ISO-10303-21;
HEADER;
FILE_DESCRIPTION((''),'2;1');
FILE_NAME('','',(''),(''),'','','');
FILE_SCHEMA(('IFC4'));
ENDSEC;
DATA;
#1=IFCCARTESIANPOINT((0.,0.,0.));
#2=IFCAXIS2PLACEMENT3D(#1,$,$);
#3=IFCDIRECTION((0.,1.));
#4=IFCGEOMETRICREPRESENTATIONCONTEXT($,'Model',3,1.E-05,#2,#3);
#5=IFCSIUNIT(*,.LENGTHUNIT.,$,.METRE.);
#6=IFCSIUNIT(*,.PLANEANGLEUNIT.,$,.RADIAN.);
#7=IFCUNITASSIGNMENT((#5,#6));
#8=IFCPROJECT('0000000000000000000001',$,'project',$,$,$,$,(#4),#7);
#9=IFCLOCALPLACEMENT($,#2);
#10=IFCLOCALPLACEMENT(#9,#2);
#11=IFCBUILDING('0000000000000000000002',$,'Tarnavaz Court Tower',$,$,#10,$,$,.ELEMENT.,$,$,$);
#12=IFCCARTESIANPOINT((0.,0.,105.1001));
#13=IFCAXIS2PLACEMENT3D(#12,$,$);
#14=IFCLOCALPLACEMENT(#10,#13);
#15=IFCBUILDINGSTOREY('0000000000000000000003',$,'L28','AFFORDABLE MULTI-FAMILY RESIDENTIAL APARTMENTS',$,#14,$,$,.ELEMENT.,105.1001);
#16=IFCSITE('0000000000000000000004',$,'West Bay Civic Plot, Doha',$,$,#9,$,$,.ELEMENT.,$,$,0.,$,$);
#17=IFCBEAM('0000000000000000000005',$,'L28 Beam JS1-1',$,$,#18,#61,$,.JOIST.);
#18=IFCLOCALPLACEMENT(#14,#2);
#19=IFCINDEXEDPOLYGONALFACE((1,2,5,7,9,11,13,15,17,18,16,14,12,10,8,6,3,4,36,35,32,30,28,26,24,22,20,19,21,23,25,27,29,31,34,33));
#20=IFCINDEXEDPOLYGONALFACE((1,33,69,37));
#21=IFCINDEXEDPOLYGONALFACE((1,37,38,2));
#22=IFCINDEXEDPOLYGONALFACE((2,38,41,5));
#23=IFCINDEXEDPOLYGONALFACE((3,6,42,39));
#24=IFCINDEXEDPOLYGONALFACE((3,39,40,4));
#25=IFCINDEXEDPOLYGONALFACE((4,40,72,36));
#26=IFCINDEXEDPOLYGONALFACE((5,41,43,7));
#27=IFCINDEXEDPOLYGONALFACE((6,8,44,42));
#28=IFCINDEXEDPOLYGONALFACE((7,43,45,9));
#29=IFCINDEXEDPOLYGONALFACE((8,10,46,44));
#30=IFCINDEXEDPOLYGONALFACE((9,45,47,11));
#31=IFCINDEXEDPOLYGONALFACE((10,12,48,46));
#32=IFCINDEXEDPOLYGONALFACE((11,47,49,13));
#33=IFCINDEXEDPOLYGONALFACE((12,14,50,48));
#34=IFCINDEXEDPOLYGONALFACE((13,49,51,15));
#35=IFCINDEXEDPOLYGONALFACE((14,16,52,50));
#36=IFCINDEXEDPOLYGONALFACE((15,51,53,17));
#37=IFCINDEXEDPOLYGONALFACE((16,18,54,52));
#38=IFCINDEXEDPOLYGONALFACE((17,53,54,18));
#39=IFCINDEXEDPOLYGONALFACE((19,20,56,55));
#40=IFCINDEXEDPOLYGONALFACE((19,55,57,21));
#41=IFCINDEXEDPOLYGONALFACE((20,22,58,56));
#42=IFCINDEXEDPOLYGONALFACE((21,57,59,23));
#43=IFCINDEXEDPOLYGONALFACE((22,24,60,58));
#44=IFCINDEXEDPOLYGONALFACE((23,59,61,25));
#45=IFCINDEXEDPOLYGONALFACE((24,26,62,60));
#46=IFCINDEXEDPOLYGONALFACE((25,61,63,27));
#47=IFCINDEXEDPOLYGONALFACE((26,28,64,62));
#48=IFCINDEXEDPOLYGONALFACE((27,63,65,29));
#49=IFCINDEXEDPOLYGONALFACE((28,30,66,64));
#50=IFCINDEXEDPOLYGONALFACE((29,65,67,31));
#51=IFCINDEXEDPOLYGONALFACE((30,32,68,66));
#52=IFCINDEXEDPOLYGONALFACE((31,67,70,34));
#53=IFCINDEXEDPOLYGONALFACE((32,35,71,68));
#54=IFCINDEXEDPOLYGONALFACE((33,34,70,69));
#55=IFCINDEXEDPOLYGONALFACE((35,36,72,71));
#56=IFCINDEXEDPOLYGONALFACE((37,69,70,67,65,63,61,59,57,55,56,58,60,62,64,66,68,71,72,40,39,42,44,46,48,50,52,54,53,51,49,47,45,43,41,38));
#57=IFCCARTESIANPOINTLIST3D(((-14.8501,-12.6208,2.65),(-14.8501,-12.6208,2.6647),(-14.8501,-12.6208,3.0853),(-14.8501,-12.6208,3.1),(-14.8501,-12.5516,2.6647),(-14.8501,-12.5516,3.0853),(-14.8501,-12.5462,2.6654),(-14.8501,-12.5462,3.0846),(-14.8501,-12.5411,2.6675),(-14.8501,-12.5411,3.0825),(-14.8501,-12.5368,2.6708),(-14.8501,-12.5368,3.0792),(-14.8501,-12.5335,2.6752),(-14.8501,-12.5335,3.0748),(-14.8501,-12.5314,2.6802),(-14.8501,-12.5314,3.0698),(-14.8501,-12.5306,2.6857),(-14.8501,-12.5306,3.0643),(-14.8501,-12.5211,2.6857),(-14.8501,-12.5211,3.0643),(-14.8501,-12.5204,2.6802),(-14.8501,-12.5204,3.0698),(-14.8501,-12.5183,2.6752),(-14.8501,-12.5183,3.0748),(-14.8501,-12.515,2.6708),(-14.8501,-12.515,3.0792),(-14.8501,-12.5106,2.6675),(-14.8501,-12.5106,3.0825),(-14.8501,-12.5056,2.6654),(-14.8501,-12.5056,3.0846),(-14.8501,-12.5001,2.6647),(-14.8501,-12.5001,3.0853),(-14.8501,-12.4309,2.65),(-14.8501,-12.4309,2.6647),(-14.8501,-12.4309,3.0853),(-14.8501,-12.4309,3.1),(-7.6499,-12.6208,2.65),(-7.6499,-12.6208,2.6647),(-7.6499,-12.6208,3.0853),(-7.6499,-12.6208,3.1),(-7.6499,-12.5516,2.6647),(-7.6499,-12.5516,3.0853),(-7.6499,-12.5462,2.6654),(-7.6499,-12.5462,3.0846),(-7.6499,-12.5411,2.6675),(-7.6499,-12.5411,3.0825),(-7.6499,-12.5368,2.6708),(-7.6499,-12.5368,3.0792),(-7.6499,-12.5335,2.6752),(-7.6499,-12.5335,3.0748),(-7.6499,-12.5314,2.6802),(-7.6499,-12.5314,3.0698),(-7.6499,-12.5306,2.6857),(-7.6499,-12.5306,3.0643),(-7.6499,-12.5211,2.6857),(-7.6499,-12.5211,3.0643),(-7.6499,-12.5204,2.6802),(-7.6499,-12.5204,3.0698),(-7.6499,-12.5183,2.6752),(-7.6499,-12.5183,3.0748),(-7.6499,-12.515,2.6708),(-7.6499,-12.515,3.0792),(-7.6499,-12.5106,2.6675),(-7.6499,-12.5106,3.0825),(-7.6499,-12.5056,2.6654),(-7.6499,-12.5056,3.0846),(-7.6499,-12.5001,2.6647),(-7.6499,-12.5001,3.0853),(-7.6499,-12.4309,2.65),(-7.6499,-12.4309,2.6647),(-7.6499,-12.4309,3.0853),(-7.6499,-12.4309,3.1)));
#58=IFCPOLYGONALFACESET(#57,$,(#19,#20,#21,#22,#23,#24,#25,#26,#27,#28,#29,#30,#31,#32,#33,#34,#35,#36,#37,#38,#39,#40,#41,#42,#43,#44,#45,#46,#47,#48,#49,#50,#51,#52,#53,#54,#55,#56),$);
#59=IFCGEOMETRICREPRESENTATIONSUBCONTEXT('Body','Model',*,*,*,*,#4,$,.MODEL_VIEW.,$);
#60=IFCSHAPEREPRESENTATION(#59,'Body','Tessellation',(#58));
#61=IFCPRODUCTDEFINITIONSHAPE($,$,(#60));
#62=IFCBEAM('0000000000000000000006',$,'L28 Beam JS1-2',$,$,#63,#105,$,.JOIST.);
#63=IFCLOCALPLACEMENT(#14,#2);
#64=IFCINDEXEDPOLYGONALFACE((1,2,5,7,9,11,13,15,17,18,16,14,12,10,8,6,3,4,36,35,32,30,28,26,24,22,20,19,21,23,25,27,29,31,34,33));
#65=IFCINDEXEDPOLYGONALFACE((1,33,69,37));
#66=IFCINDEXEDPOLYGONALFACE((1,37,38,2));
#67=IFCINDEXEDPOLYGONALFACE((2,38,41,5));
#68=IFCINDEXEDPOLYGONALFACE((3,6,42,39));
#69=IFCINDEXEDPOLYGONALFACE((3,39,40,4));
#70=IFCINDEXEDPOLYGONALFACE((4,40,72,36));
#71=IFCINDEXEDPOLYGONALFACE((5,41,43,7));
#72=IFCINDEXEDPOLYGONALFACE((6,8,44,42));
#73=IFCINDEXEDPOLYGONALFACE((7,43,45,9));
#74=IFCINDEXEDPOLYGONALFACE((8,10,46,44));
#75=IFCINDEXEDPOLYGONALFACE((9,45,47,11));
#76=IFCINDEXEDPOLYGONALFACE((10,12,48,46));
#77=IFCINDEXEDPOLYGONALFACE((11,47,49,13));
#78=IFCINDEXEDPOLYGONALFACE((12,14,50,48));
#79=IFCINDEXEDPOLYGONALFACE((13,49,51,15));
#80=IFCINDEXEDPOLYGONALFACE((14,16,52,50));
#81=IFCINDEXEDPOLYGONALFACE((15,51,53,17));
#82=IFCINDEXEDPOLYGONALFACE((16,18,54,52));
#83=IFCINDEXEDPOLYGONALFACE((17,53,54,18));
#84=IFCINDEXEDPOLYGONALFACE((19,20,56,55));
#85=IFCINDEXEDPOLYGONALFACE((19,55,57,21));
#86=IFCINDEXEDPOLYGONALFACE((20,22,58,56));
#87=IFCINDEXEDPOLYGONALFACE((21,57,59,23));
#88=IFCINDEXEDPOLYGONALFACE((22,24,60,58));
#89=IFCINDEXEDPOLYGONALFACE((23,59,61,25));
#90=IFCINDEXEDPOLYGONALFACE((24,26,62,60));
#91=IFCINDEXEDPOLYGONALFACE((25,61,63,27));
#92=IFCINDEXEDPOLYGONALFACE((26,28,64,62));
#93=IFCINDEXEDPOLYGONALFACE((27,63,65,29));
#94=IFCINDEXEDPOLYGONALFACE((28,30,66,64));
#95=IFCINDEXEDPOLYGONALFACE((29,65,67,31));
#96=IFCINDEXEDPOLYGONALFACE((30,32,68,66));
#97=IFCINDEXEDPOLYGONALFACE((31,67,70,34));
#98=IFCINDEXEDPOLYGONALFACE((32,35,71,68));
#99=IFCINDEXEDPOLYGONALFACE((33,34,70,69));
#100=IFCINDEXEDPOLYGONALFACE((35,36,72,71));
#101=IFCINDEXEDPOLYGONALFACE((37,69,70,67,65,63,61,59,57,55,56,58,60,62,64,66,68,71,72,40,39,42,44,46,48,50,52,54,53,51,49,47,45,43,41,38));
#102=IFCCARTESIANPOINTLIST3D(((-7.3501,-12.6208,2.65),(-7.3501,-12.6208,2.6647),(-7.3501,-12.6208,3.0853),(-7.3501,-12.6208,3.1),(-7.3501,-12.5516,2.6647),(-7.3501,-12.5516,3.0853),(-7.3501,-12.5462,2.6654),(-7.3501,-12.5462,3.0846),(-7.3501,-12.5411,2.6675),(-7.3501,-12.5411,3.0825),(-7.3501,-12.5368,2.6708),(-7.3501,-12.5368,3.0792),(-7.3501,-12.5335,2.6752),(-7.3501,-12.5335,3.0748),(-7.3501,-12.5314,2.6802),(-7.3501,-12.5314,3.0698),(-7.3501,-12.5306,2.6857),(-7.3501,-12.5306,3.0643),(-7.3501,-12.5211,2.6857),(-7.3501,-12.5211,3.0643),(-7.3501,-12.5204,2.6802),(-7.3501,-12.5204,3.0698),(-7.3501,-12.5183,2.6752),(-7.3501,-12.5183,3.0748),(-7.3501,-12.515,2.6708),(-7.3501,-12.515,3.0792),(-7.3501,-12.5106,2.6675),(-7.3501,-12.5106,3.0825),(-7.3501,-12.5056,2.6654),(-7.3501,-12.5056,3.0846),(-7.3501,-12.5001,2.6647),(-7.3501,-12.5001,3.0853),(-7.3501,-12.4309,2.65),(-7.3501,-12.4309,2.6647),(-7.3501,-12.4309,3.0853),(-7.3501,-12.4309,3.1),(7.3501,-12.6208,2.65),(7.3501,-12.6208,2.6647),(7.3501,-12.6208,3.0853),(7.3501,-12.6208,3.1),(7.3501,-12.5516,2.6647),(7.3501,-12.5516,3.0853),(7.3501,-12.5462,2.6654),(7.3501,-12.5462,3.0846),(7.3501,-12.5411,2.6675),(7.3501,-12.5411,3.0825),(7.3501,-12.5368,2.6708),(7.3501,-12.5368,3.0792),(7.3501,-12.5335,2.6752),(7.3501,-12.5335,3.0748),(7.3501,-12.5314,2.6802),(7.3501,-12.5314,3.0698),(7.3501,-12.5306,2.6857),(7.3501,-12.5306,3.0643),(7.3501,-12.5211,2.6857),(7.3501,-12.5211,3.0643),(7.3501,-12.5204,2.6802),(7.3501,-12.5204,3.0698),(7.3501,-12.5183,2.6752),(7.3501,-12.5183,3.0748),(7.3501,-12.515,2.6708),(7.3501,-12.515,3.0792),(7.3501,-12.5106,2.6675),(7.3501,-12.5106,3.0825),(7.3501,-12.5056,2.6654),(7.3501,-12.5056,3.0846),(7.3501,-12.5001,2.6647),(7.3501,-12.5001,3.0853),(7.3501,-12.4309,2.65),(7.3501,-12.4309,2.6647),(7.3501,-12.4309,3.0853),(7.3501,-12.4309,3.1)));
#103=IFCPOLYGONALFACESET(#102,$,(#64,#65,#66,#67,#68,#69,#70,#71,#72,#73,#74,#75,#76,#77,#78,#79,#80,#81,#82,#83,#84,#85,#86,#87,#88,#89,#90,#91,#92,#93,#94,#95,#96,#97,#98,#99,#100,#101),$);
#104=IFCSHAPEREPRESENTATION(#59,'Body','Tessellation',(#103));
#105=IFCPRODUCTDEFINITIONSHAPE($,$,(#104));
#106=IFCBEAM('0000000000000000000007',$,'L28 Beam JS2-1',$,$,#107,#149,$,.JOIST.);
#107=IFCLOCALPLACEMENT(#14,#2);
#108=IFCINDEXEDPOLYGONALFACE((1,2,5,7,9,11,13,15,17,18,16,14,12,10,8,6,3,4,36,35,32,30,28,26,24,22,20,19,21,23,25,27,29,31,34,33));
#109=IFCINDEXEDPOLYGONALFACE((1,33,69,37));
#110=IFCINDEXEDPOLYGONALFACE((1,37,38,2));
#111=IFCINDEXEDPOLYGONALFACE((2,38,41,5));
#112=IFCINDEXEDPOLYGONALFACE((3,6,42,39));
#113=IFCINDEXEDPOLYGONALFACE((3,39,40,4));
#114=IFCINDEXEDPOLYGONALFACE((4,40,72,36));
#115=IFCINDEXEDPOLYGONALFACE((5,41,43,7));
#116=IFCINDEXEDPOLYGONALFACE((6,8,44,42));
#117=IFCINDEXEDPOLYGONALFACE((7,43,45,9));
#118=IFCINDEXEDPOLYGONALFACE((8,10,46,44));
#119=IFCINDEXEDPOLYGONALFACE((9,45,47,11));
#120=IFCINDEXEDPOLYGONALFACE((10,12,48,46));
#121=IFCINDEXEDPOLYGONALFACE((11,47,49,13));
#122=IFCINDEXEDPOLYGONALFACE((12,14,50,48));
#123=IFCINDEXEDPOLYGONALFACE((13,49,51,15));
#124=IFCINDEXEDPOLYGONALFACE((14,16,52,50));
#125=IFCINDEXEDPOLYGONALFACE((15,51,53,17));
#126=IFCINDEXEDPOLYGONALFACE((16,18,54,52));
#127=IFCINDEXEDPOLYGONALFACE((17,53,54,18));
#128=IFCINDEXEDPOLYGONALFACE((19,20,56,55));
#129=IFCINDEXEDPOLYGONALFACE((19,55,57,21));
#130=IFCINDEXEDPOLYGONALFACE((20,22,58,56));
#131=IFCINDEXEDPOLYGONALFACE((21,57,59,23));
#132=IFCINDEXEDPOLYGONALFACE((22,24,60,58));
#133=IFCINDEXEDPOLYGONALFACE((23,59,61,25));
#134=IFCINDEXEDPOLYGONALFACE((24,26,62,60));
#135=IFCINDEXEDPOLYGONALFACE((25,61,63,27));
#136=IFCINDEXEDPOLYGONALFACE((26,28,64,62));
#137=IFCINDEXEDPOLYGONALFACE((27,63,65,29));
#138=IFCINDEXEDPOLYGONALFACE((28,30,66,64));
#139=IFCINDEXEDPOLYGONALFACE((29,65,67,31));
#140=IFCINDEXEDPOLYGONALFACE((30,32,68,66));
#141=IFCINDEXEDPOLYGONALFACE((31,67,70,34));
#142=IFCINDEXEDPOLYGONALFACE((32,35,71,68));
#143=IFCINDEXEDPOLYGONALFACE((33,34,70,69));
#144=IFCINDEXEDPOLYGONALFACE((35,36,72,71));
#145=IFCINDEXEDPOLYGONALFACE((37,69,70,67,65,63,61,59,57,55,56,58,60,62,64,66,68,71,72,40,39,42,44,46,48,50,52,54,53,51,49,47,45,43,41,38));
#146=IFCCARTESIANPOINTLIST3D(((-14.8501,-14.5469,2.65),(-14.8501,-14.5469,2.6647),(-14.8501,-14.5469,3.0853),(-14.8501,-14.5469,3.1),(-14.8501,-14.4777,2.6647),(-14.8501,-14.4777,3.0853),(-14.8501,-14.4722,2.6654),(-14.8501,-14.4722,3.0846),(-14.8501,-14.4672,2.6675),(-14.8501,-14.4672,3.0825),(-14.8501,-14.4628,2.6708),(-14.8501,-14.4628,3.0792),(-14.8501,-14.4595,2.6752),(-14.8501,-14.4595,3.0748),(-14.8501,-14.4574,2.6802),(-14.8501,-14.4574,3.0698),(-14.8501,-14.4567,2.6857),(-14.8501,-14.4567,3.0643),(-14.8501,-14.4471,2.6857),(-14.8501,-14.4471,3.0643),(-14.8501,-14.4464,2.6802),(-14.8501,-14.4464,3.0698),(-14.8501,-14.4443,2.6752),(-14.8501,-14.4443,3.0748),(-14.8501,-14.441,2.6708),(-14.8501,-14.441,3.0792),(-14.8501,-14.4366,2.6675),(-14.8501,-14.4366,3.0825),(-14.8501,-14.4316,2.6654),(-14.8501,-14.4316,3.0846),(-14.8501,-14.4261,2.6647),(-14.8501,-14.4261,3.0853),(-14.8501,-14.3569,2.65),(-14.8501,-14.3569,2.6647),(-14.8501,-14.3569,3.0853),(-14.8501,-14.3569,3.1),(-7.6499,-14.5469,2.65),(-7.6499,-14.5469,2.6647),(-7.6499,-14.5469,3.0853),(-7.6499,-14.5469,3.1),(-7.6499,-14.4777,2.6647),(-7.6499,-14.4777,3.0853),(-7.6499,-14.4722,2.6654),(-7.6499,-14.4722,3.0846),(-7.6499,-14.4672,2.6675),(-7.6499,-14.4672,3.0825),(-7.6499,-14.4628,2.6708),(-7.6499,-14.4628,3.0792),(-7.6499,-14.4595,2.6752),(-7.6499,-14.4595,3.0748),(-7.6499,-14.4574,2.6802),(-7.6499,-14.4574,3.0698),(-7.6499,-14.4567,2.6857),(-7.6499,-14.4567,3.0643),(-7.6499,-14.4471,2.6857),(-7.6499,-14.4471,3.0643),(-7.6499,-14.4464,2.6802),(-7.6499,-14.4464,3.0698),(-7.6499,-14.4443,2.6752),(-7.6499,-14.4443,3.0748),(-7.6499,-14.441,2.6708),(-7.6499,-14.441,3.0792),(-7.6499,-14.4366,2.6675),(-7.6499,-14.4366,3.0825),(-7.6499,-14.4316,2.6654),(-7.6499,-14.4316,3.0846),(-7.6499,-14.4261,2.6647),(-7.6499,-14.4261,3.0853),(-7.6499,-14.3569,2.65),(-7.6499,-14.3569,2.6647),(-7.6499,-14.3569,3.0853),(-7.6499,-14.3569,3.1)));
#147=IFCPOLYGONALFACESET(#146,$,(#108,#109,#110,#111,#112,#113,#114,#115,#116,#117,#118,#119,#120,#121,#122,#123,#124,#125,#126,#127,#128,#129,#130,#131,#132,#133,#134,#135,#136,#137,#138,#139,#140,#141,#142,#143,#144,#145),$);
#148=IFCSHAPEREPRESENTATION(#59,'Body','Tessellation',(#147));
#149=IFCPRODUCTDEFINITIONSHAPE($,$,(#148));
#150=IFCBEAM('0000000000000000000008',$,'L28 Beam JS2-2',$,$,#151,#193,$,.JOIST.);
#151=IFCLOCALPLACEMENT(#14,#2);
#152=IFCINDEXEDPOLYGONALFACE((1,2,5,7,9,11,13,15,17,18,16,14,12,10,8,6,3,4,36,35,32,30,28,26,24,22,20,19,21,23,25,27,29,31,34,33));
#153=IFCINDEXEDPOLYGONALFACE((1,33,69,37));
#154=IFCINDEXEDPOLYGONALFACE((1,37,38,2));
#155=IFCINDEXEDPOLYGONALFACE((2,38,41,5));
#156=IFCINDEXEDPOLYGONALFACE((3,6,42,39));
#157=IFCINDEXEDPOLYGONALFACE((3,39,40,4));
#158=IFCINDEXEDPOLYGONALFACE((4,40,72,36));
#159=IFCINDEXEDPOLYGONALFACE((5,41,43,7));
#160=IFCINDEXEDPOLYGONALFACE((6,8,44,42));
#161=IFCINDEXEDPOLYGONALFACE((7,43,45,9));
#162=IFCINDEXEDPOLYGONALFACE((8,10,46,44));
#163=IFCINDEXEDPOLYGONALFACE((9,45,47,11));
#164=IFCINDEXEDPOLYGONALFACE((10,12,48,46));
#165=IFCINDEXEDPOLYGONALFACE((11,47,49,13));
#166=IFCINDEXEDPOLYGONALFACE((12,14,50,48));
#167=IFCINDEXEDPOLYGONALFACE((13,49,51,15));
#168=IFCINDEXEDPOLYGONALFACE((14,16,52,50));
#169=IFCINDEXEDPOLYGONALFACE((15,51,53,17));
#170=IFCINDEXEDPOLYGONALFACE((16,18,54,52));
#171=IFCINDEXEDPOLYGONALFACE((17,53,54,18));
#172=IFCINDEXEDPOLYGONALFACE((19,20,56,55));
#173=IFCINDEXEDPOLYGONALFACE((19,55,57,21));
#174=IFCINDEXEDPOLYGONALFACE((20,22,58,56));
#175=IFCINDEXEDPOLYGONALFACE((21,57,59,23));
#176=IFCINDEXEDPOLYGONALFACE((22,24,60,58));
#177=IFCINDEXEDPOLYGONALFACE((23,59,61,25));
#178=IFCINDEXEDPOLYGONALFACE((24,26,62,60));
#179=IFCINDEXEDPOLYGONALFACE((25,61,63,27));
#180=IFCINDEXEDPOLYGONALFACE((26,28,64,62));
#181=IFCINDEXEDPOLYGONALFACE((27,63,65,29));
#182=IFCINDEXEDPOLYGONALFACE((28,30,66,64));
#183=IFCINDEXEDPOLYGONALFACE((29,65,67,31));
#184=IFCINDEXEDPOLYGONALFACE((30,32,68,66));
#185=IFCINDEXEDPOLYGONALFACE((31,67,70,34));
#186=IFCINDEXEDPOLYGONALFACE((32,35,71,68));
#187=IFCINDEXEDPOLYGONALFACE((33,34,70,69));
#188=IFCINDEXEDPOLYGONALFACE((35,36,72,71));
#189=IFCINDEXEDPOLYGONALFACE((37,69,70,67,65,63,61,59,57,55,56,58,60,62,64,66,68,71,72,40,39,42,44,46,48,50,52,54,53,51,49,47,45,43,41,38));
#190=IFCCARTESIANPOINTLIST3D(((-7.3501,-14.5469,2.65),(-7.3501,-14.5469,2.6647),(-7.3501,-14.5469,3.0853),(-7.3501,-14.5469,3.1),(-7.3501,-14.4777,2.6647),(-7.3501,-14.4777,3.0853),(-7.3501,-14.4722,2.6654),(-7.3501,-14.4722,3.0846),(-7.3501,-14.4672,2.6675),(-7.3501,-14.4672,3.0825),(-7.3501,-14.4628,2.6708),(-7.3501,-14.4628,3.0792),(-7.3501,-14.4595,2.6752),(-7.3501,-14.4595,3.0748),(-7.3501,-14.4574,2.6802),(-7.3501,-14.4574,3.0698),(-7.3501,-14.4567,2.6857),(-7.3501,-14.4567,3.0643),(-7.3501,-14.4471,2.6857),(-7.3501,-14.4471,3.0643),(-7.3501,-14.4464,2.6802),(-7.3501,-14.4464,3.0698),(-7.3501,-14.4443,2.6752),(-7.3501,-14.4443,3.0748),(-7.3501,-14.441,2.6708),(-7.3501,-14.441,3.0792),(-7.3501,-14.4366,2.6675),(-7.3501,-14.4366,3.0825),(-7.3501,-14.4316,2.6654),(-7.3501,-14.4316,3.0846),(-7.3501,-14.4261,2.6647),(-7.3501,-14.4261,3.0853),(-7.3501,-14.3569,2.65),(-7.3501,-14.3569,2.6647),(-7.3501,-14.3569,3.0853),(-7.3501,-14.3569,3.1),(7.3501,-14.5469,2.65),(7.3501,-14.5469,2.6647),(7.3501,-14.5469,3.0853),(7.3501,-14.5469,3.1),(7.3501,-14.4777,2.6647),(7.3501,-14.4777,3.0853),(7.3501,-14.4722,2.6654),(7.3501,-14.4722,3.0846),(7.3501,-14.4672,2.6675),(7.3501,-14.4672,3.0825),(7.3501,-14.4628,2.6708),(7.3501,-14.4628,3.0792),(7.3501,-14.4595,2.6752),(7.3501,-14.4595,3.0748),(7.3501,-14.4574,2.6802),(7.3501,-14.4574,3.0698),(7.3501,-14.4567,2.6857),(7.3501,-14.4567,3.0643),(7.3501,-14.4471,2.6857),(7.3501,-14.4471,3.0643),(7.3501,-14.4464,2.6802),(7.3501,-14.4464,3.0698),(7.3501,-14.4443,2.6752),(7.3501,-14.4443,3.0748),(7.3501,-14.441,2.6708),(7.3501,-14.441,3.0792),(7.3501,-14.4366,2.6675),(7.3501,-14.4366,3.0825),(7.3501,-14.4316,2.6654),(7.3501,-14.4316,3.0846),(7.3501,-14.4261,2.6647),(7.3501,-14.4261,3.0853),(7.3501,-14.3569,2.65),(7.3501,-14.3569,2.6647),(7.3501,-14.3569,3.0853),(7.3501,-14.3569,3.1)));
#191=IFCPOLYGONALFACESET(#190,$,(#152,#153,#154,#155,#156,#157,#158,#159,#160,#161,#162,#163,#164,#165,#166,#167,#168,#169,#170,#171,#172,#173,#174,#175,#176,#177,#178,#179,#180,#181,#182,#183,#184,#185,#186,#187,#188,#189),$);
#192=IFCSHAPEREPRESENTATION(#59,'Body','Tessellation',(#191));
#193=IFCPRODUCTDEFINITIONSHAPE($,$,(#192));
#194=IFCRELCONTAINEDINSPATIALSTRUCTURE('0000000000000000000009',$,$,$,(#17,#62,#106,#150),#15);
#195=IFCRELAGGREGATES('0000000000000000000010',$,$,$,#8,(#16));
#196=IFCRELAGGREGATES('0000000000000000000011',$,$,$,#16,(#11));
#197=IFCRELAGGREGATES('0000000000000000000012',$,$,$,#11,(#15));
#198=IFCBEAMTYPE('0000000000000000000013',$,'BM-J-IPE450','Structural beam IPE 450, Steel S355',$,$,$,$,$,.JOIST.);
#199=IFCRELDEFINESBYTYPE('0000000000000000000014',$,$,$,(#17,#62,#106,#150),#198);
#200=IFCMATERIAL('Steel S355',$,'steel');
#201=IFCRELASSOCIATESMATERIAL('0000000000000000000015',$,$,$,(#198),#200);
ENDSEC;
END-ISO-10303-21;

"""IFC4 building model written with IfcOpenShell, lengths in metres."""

from ifc_helpers import new_model, si_unit, direction, frame, origin, origin_2d, place, context, subcontext, project, spatial, i_section, extrude, material, material_profile, profile_set, type_object, element, save


model = new_model("IFC4")

# Units and contexts
model_context = context("Model", 3, precision=1e-05, world=origin(), true_north=direction((0.0, 1.0)))
body_context = subcontext(model_context, "Body", "Model", "MODEL_VIEW")
ifc_project = project(units=[si_unit("LENGTHUNIT", "METRE"), si_unit("PLANEANGLEUNIT", "RADIAN")], contexts=[model_context])

# Site, building, storey
site_placement = place(None, origin())
site = spatial("IfcSite", under=ifc_project, at=site_placement, Name="West Bay Civic Plot, Doha", CompositionType="ELEMENT", RefElevation=0.0)
building_placement = place(site_placement, origin())
building = spatial("IfcBuilding", under=site, at=building_placement, Name="Tarnavaz Court Tower", CompositionType="ELEMENT")
storey_placement = place(building_placement, frame((0.0, 0.0, 105.1001)))
storey = spatial("IfcBuildingStorey", under=building, at=storey_placement, Name="L28", Description="AFFORDABLE MULTI-FAMILY RESIDENTIAL APARTMENTS", CompositionType="ELEMENT", Elevation=105.1001)

# Beams
ifc_material_1 = material(Name="Steel S355", Category="steel")
ifc_material_profile_1 = material_profile(ifc_material_1, i_section(OverallWidth=0.1899, OverallDepth=0.45, WebThickness=0.0095, FlangeThickness=0.0146, FilletRadius=0.021, at=origin_2d()), Name="IPE 450")
ifc_profile_set_1 = profile_set([ifc_material_profile_1], Name="Steel S355")
beam_type_1 = type_object("IfcBeamType", Name="BM-J-IPE450", Description="Structural beam IPE 450, Steel S355", PredefinedType="JOIST", material=ifc_profile_set_1)
beam_1_placement = place(storey_placement, frame((-14.8501, -12.5259, 2.875), z_axis=(1.0, 0.0, 0.0), x_axis=(0.0, 1.0, 0.0)))
element("IfcBeam", 1, at=beam_1_placement, inside=storey, type_object=beam_type_1, Name="L28 Beam JS1-1", PredefinedType="JOIST", context=body_context, shape_type="SweptSolid", body=[
    extrude(i_section(OverallWidth=0.1899, OverallDepth=0.45, WebThickness=0.0095, FlangeThickness=0.0146, FilletRadius=0.021, at=origin_2d()), origin(), (0.0, 0.0, 1.0), 7.2002),
])
beam_2_placement = place(storey_placement, frame((-7.3501, -12.5259, 2.875), z_axis=(1.0, 0.0, 0.0), x_axis=(0.0, 1.0, 0.0)))
element("IfcBeam", 2, at=beam_2_placement, inside=storey, type_object=beam_type_1, Name="L28 Beam JS1-2", PredefinedType="JOIST", context=body_context, shape_type="SweptSolid", body=[
    extrude(i_section(OverallWidth=0.1899, OverallDepth=0.45, WebThickness=0.0095, FlangeThickness=0.0146, FilletRadius=0.021, at=origin_2d()), origin(), (0.0, 0.0, 1.0), 14.7002),
])
beam_3_placement = place(storey_placement, frame((-14.8501, -14.4519, 2.875), z_axis=(1.0, 0.0, 0.0), x_axis=(0.0, 1.0, 0.0)))
element("IfcBeam", 3, at=beam_3_placement, inside=storey, type_object=beam_type_1, Name="L28 Beam JS2-1", PredefinedType="JOIST", context=body_context, shape_type="SweptSolid", body=[
    extrude(i_section(OverallWidth=0.1899, OverallDepth=0.45, WebThickness=0.0095, FlangeThickness=0.0146, FilletRadius=0.021, at=origin_2d()), origin(), (0.0, 0.0, 1.0), 7.2002),
])
beam_4_placement = place(storey_placement, frame((-7.3501, -14.4519, 2.875), z_axis=(1.0, 0.0, 0.0), x_axis=(0.0, 1.0, 0.0)))
element("IfcBeam", 4, at=beam_4_placement, inside=storey, type_object=beam_type_1, Name="L28 Beam JS2-2", PredefinedType="JOIST", context=body_context, shape_type="SweptSolid", body=[
    extrude(i_section(OverallWidth=0.1899, OverallDepth=0.45, WebThickness=0.0095, FlangeThickness=0.0146, FilletRadius=0.021, at=origin_2d()), origin(), (0.0, 0.0, 1.0), 14.7002),
])

save(model, "model.ifc")
